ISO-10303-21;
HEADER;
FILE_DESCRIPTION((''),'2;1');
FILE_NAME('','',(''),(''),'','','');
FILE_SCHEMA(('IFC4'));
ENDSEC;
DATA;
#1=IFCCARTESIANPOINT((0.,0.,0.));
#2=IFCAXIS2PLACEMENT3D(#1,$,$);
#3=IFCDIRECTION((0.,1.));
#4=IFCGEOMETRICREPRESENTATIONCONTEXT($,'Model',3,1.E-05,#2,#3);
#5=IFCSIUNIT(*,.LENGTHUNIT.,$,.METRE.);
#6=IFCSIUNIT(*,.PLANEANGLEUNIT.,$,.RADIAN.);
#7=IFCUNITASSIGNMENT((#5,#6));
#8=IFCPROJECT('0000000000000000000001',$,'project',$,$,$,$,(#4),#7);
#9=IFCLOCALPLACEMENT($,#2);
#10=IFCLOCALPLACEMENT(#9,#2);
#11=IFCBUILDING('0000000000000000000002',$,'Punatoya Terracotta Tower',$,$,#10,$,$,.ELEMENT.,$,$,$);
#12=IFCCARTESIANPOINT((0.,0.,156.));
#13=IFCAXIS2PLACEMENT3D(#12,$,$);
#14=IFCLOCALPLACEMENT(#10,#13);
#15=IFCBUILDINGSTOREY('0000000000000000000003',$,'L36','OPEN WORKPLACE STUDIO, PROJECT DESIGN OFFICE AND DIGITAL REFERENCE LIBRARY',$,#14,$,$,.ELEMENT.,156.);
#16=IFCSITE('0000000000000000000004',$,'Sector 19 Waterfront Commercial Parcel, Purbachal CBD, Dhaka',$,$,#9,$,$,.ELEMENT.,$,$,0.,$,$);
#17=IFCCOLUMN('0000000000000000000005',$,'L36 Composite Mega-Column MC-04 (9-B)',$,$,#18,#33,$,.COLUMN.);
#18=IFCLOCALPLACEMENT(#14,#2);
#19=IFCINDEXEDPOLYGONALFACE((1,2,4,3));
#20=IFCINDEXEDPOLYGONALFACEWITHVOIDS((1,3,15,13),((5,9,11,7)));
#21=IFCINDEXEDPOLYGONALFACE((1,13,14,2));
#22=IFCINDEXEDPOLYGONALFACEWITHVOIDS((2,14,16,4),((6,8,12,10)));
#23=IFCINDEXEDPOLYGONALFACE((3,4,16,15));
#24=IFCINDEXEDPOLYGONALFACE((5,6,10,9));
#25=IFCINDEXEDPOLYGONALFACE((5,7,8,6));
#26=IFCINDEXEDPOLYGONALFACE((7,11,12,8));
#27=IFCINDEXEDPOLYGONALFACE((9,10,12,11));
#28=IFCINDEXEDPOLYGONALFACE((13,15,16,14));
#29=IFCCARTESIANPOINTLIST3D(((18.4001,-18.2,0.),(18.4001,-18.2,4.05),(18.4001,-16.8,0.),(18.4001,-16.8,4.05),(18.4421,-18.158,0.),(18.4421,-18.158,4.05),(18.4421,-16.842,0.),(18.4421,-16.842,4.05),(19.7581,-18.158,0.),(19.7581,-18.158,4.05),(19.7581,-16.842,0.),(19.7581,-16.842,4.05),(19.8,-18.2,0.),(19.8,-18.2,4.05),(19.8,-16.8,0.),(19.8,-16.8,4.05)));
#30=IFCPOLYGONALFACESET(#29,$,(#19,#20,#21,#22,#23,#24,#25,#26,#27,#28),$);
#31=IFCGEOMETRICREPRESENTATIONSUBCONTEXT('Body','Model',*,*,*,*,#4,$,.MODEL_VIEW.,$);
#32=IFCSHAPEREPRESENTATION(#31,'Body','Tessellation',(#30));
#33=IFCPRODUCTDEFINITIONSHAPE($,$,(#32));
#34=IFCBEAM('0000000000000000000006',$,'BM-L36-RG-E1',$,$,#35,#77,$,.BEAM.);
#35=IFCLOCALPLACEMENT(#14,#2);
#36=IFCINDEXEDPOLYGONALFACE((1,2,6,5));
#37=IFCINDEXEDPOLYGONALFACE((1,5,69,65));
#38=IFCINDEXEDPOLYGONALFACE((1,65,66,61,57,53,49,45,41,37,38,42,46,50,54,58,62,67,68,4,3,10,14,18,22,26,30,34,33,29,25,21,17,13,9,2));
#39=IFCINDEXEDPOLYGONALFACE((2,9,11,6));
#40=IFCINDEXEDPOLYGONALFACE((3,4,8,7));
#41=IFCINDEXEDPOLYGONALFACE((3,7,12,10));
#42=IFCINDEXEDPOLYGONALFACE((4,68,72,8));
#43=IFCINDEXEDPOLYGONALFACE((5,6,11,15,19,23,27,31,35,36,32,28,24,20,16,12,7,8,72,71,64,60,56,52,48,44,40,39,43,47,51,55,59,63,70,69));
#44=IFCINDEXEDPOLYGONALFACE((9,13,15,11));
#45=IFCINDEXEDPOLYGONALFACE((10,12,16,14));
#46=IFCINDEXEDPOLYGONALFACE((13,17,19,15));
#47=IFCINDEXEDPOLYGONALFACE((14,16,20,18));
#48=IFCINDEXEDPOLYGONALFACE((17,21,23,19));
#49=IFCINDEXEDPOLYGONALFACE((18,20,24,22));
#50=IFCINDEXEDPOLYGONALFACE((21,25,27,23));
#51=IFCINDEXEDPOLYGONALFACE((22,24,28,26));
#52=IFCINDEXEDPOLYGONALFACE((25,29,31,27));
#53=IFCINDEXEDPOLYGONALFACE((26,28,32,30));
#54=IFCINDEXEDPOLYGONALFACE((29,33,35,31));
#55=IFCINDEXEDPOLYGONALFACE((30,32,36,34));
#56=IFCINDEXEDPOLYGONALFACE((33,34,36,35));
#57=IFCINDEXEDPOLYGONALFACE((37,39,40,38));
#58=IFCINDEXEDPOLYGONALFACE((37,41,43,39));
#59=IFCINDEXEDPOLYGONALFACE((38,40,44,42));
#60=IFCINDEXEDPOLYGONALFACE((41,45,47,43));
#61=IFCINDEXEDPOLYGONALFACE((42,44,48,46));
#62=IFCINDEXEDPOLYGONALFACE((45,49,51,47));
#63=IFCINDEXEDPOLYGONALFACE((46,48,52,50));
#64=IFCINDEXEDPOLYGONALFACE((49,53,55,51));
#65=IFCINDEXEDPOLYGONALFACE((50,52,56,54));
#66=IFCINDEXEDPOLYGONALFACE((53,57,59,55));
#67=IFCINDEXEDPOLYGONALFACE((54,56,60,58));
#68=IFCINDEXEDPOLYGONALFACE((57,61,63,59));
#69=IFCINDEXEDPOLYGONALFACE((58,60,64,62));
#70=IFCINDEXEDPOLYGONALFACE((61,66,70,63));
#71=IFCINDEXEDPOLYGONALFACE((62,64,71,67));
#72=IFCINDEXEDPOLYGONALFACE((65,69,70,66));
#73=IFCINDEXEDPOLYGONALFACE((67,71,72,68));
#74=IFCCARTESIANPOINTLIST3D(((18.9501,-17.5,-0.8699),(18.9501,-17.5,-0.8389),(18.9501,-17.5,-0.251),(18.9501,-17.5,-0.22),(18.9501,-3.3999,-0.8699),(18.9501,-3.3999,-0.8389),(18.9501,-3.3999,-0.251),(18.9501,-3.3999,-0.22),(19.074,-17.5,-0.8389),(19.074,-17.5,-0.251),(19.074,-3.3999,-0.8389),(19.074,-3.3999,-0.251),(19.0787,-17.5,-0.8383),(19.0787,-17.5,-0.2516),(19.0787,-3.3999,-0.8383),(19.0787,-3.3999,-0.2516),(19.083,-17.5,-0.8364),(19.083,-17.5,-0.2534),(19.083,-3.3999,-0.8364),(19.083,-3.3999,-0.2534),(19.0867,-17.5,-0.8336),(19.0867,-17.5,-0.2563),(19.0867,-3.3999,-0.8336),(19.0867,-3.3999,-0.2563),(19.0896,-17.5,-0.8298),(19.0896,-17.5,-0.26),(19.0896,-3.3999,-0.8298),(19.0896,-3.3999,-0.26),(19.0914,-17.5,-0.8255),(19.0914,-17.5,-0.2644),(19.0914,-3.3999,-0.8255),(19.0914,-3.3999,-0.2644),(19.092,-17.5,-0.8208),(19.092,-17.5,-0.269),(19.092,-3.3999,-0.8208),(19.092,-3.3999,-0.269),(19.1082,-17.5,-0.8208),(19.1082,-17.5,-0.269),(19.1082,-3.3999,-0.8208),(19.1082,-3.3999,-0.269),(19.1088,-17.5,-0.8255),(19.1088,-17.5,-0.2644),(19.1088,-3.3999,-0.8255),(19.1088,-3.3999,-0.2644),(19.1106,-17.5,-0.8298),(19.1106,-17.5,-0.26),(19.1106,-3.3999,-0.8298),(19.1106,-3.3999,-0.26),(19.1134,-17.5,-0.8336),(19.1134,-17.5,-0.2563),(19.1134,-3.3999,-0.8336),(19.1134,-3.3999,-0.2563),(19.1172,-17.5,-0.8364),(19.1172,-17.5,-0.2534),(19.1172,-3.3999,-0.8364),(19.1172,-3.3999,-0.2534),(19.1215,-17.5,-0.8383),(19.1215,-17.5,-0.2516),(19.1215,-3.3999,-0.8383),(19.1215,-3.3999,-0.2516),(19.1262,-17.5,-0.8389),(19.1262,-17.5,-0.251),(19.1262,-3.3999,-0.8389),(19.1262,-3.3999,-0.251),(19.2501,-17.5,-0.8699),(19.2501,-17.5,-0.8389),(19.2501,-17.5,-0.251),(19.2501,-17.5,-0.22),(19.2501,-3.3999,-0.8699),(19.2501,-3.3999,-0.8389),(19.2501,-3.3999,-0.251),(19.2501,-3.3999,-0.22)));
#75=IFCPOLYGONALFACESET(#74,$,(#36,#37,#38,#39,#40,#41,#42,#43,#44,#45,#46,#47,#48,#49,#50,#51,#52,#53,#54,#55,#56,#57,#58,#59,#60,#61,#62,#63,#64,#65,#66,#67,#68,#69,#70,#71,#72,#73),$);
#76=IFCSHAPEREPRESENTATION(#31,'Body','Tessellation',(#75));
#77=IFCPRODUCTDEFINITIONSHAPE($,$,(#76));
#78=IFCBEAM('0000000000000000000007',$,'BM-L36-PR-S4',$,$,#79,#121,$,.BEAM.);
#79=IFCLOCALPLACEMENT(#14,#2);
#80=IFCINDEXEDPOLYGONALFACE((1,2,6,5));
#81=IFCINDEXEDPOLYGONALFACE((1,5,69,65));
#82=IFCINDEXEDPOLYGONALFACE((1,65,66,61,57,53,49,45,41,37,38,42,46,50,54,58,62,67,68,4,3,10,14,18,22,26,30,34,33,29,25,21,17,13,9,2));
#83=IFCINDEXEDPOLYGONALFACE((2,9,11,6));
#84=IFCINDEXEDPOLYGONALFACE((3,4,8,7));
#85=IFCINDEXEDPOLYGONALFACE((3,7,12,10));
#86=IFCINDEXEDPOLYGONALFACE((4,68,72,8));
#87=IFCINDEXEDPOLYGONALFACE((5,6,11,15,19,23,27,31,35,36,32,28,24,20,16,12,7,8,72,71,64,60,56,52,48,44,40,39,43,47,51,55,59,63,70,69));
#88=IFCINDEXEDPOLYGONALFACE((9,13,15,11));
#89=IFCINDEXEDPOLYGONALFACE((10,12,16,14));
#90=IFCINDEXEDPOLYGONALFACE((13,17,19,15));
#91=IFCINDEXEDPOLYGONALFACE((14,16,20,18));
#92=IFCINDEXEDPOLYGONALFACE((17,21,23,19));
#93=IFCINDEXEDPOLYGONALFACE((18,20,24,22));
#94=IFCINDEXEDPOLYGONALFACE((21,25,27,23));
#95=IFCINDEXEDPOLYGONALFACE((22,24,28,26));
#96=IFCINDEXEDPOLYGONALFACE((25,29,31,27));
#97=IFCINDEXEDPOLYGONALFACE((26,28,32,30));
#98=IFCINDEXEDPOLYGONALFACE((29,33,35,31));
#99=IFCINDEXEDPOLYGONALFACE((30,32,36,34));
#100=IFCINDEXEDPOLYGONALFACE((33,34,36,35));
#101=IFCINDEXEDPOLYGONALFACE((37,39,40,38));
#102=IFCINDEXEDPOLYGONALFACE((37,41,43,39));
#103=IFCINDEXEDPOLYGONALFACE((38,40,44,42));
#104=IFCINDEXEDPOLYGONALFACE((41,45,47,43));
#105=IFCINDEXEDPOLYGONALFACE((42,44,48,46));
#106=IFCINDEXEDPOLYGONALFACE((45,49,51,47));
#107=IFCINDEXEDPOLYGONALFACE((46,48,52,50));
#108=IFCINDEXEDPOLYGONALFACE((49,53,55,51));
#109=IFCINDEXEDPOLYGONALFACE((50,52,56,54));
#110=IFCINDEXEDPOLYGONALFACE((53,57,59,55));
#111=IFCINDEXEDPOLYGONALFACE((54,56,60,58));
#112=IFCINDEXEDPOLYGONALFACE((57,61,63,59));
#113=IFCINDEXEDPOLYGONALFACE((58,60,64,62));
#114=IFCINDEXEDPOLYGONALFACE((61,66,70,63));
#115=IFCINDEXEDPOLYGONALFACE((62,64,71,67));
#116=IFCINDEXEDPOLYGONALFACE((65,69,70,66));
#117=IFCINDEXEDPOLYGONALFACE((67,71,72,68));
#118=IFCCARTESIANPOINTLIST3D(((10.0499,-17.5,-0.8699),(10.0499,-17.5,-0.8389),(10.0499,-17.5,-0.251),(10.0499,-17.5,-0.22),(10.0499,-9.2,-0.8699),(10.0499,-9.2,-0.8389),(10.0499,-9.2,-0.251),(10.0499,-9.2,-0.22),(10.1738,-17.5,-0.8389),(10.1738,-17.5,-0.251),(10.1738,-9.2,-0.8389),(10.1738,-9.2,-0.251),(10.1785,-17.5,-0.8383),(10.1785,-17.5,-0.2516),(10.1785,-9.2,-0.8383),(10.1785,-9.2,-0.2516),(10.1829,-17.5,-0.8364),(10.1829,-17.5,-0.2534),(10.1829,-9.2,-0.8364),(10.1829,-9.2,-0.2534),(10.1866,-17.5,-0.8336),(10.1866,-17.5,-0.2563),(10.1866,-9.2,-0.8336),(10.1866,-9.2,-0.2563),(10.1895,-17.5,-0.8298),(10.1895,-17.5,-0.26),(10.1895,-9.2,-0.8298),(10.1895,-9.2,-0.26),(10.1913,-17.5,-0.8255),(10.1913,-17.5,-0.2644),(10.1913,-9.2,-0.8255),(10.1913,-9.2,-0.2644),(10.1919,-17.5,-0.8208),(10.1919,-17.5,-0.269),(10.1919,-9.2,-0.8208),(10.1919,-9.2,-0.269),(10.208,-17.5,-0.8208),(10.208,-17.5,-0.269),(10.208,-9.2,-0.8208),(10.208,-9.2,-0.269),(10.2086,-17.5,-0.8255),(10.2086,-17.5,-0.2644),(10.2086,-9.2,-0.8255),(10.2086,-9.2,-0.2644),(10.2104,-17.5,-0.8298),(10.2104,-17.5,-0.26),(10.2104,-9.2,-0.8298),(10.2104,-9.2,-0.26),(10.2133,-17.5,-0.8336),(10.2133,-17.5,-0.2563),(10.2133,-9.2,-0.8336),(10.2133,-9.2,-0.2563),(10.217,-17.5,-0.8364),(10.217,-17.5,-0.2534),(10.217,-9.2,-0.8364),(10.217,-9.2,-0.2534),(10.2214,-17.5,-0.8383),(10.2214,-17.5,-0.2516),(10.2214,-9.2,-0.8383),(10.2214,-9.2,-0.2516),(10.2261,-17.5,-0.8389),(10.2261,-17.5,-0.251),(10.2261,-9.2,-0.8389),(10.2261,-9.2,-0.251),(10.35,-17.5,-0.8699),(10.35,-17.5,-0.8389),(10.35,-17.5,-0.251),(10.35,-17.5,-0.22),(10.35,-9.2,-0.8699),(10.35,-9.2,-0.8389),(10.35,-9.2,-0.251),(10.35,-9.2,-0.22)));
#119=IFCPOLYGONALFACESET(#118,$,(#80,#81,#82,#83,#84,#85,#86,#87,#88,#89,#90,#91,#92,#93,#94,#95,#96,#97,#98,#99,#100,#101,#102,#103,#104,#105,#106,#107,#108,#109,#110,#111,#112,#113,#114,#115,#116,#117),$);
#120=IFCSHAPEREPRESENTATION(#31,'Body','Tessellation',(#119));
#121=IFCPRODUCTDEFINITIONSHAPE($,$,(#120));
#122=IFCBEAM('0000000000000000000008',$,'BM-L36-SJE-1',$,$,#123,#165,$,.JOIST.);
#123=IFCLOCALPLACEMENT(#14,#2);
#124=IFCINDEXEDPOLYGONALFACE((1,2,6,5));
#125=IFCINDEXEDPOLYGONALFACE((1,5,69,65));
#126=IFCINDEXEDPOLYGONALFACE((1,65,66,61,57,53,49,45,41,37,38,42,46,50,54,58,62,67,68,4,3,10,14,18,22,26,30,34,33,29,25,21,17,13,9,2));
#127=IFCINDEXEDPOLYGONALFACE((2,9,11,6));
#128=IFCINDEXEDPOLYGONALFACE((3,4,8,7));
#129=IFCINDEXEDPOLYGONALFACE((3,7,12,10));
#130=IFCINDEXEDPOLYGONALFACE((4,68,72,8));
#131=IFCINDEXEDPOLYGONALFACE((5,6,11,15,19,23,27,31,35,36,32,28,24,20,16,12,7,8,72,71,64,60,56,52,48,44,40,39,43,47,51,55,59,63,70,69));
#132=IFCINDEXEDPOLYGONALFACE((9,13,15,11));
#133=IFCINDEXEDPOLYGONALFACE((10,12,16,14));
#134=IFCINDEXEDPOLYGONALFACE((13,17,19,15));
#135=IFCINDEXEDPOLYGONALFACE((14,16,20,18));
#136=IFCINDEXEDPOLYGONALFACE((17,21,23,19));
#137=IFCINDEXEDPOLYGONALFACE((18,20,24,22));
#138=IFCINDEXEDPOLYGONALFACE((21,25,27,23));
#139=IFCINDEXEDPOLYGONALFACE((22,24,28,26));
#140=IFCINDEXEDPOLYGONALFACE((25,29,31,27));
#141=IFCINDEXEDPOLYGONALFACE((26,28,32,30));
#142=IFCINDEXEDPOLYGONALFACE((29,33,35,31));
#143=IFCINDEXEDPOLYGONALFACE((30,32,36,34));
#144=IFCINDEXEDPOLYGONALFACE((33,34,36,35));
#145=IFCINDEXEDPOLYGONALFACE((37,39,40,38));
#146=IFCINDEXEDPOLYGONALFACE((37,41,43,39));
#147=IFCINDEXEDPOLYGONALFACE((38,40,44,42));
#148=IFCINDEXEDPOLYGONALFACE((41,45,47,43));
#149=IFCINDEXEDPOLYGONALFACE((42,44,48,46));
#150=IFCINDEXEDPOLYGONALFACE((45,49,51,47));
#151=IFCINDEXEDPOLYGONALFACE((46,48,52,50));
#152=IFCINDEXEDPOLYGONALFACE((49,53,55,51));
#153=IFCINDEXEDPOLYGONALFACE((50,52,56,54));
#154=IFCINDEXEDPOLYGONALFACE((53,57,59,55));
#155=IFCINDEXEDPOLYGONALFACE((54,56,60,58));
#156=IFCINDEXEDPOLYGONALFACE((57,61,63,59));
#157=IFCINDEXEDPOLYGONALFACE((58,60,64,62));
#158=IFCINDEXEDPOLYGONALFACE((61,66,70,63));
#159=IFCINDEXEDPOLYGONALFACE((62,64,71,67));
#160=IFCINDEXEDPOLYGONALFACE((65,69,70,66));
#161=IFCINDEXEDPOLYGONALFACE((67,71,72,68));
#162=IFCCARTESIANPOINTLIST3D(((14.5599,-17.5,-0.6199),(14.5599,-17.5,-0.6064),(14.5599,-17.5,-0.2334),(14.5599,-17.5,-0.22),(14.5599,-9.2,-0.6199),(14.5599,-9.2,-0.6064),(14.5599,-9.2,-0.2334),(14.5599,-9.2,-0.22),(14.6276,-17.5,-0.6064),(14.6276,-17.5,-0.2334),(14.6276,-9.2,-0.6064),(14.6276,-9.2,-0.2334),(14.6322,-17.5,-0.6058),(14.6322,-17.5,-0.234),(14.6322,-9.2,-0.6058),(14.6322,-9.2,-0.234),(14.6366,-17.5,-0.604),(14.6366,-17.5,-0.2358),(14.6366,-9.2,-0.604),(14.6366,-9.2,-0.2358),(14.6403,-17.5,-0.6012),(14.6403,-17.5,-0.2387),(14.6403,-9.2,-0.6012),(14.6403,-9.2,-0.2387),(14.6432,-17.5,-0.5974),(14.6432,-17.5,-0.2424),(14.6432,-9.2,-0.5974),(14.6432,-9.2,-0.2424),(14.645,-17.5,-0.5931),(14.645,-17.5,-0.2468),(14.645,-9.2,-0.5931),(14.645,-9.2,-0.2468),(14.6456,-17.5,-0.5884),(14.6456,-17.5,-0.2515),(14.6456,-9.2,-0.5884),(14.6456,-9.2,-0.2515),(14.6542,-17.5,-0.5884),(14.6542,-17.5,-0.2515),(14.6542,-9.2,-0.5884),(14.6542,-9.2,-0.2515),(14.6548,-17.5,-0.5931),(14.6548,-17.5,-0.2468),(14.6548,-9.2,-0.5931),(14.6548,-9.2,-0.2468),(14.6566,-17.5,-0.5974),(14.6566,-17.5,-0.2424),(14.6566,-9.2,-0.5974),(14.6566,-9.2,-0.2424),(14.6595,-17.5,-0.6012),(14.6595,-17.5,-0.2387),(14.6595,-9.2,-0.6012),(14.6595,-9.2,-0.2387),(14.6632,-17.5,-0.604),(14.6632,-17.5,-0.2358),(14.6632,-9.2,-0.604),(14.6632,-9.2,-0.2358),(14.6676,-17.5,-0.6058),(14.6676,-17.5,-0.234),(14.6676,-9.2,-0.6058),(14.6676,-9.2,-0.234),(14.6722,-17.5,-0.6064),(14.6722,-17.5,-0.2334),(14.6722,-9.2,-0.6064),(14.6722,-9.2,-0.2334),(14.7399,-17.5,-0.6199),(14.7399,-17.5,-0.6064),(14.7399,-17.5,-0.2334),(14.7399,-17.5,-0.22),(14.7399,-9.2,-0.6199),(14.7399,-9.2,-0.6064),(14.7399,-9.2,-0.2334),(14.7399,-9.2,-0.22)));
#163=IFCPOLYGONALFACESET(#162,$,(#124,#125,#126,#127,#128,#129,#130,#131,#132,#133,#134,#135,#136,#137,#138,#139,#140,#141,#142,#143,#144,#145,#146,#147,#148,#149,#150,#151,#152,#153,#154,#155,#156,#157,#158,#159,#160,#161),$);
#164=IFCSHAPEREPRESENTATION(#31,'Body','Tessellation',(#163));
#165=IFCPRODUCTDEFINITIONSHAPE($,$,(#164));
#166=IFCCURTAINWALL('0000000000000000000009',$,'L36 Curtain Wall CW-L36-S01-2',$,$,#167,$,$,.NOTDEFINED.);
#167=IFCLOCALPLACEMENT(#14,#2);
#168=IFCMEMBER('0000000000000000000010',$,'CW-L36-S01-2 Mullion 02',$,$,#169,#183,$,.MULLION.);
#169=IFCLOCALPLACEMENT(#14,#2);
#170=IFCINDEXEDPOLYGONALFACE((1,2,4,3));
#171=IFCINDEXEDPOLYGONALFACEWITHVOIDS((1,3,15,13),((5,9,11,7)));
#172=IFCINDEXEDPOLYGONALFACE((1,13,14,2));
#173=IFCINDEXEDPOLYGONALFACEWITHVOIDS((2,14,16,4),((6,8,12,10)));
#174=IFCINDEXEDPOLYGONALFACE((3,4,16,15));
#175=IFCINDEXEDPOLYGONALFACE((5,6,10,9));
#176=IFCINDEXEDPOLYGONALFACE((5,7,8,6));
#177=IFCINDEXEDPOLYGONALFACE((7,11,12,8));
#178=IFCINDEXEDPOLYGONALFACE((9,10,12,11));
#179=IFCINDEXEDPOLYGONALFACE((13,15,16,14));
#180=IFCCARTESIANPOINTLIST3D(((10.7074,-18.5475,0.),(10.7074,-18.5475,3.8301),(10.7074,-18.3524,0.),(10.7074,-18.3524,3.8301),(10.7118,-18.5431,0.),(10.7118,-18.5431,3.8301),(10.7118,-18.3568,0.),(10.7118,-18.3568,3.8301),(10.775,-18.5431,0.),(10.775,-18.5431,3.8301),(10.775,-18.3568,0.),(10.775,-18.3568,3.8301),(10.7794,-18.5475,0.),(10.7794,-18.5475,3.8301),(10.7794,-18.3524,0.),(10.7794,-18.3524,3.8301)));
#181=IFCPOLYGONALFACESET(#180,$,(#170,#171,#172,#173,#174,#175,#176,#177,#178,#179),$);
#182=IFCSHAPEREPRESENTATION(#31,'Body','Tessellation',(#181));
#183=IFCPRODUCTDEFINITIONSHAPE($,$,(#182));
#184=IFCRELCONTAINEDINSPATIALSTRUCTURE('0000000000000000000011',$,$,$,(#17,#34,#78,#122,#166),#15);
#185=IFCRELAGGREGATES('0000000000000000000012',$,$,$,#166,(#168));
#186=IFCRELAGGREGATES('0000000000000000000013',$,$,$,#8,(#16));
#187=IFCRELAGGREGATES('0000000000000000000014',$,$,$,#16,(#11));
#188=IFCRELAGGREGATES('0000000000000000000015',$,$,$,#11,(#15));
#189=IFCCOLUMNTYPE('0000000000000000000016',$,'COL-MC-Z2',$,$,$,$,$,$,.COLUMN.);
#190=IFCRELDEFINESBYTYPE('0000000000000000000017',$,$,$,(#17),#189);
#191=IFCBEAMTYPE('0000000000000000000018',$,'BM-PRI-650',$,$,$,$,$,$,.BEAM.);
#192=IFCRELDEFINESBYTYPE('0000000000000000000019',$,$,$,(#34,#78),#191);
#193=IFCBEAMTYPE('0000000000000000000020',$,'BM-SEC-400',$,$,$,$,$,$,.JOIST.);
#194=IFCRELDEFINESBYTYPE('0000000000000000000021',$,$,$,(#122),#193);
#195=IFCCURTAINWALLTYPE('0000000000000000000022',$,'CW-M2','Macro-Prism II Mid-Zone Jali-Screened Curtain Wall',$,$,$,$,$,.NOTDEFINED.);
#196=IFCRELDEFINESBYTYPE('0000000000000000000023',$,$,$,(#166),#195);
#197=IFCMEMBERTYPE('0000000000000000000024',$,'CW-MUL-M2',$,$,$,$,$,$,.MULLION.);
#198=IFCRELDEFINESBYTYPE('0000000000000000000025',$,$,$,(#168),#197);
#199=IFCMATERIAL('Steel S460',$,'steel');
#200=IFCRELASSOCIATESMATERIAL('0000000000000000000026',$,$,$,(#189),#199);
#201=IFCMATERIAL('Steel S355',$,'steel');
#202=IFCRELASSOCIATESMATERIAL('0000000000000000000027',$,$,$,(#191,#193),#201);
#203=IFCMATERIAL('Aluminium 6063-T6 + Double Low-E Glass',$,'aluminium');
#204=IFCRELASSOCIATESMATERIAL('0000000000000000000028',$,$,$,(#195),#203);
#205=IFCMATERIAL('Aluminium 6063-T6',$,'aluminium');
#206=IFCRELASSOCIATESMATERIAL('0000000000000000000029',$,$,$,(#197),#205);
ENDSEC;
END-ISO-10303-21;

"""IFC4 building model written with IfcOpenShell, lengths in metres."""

from ifc_helpers import new_model, si_unit, direction, frame, origin, origin_2d, place, context, subcontext, project, spatial, hollow_rectangle, i_section, extrude, material, material_profile, profile_set, type_object, element, aggregate, save


model = new_model("IFC4")

# Units and contexts
model_context = context("Model", 3, precision=1e-05, world=origin(), true_north=direction((0.0, 1.0)))
body_context = subcontext(model_context, "Body", "Model", "MODEL_VIEW")
ifc_project = project(units=[si_unit("LENGTHUNIT", "METRE"), si_unit("PLANEANGLEUNIT", "RADIAN")], contexts=[model_context])

# Site, building, storey
site_placement = place(None, origin())
site = spatial("IfcSite", under=ifc_project, at=site_placement, Name="Sector 19 Waterfront Commercial Parcel, Purbachal CBD, Dhaka", CompositionType="ELEMENT", RefElevation=0.0)
building_placement = place(site_placement, origin())
building = spatial("IfcBuilding", under=site, at=building_placement, Name="Punatoya Terracotta Tower", CompositionType="ELEMENT")
storey_placement = place(building_placement, frame((0.0, 0.0, 156.0)))
storey = spatial("IfcBuildingStorey", under=building, at=storey_placement, Name="L36", Description="OPEN WORKPLACE STUDIO, PROJECT DESIGN OFFICE AND DIGITAL REFERENCE LIBRARY", CompositionType="ELEMENT", Elevation=156.0)

# Column
ifc_material_1 = material(Name="Steel S460", Category="steel")
ifc_material_profile_1 = material_profile(ifc_material_1, hollow_rectangle(XDim=1.3999, YDim=1.3999, WallThickness=0.042, at=origin_2d()))
ifc_profile_set_1 = profile_set([ifc_material_profile_1], Name="Steel S460")
column_type = type_object("IfcColumnType", Name="COL-MC-Z2", PredefinedType="COLUMN", material=ifc_profile_set_1)
column_placement = place(storey_placement, frame((19.1001, -17.5, 0.0), z_axis=(0.0, 0.0, 1.0), x_axis=(1.0, 0.0, 0.0)))
element("IfcColumn", 1, at=column_placement, inside=storey, type_object=column_type, Name="L36 Composite Mega-Column MC-04 (9-B)", PredefinedType="COLUMN", context=body_context, shape_type="SweptSolid", body=[
    extrude(hollow_rectangle(XDim=1.3999, YDim=1.3999, WallThickness=0.042, at=origin_2d()), origin(), (0.0, 0.0, 1.0), 4.05),
])

# Beams
ifc_material_2 = material(Name="Steel S355", Category="steel")
ifc_material_profile_2 = material_profile(ifc_material_2, i_section(OverallWidth=0.3, OverallDepth=0.6499, WebThickness=0.0161, FlangeThickness=0.031, FilletRadius=0.0181, at=origin_2d()))
ifc_profile_set_2 = profile_set([ifc_material_profile_2], Name="Steel S355")
beam_type_1 = type_object("IfcBeamType", Name="BM-PRI-650", PredefinedType="BEAM", material=ifc_profile_set_2)
beam_1_placement = place(storey_placement, frame((19.1001, -17.5, -0.5449), z_axis=(0.0, 1.0, 0.0), x_axis=(-1.0, 0.0, 0.0)))
element("IfcBeam", 2, at=beam_1_placement, inside=storey, type_object=beam_type_1, Name="BM-L36-RG-E1", PredefinedType="BEAM", context=body_context, shape_type="SweptSolid", body=[
    extrude(i_section(OverallWidth=0.3, OverallDepth=0.6499, WebThickness=0.0161, FlangeThickness=0.031, FilletRadius=0.0181, at=origin_2d()), origin(), (0.0, 0.0, 1.0), 14.1001),
])
beam_2_placement = place(storey_placement, frame((10.2, -17.5, -0.5449), z_axis=(0.0, 1.0, 0.0), x_axis=(-1.0, 0.0, 0.0)))
element("IfcBeam", 3, at=beam_2_placement, inside=storey, type_object=beam_type_1, Name="BM-L36-PR-S4", PredefinedType="BEAM", context=body_context, shape_type="SweptSolid", body=[
    extrude(i_section(OverallWidth=0.3, OverallDepth=0.6499, WebThickness=0.0161, FlangeThickness=0.031, FilletRadius=0.0181, at=origin_2d()), origin(), (0.0, 0.0, 1.0), 8.3),
])
ifc_material_profile_3 = material_profile(ifc_material_2, i_section(OverallWidth=0.1799, OverallDepth=0.3999, WebThickness=0.0085, FlangeThickness=0.0134, FilletRadius=0.0181, at=origin_2d()))
ifc_profile_set_3 = profile_set([ifc_material_profile_3], Name="Steel S355")
beam_type_2 = type_object("IfcBeamType", Name="BM-SEC-400", PredefinedType="JOIST", material=ifc_profile_set_3)
beam_3_placement = place(storey_placement, frame((14.6499, -17.5, -0.4199), z_axis=(0.0, 1.0, 0.0), x_axis=(-1.0, 0.0, 0.0)))
element("IfcBeam", 4, at=beam_3_placement, inside=storey, type_object=beam_type_2, Name="BM-L36-SJE-1", PredefinedType="JOIST", context=body_context, shape_type="SweptSolid", body=[
    extrude(i_section(OverallWidth=0.1799, OverallDepth=0.3999, WebThickness=0.0085, FlangeThickness=0.0134, FilletRadius=0.0181, at=origin_2d()), origin(), (0.0, 0.0, 1.0), 8.3),
])

# Curtain wall, member
ifc_material_3 = material(Name="Aluminium 6063-T6 + Double Low-E Glass", Category="aluminium")
curtain_wall_type = type_object("IfcCurtainWallType", Name="CW-M2", Description="Macro-Prism II Mid-Zone Jali-Screened Curtain Wall", PredefinedType="NOTDEFINED", material=ifc_material_3)
curtain_wall_1_placement = place(storey_placement, origin())
curtain_wall_1 = element("IfcCurtainWall", 5, at=curtain_wall_1_placement, inside=storey, type_object=curtain_wall_type, Name="L36 Curtain Wall CW-L36-S01-2", PredefinedType="NOTDEFINED")
ifc_material_4 = material(Name="Aluminium 6063-T6", Category="aluminium")
ifc_material_profile_4 = material_profile(ifc_material_4, hollow_rectangle(XDim=0.072, YDim=0.1951, WallThickness=0.0044, at=origin_2d()))
ifc_profile_set_4 = profile_set([ifc_material_profile_4], Name="Aluminium 6063-T6")
member_type_1 = type_object("IfcMemberType", Name="CW-MUL-M2", PredefinedType="MULLION", material=ifc_profile_set_4)
member_1_placement = place(storey_placement, frame((10.7434, -18.45, 0.0), z_axis=(0.0, 0.0, 1.0), x_axis=(1.0, 0.0, 0.0)))
member_1 = element("IfcMember", 6, at=member_1_placement, type_object=member_type_1, Name="CW-L36-S01-2 Mullion 02", PredefinedType="MULLION", context=body_context, shape_type="SweptSolid", body=[
    extrude(hollow_rectangle(XDim=0.072, YDim=0.1951, WallThickness=0.0044, at=origin_2d()), origin(), (0.0, 0.0, 1.0), 3.8301),
])

aggregate(curtain_wall_1, [member_1])

save(model, "model.ifc")
